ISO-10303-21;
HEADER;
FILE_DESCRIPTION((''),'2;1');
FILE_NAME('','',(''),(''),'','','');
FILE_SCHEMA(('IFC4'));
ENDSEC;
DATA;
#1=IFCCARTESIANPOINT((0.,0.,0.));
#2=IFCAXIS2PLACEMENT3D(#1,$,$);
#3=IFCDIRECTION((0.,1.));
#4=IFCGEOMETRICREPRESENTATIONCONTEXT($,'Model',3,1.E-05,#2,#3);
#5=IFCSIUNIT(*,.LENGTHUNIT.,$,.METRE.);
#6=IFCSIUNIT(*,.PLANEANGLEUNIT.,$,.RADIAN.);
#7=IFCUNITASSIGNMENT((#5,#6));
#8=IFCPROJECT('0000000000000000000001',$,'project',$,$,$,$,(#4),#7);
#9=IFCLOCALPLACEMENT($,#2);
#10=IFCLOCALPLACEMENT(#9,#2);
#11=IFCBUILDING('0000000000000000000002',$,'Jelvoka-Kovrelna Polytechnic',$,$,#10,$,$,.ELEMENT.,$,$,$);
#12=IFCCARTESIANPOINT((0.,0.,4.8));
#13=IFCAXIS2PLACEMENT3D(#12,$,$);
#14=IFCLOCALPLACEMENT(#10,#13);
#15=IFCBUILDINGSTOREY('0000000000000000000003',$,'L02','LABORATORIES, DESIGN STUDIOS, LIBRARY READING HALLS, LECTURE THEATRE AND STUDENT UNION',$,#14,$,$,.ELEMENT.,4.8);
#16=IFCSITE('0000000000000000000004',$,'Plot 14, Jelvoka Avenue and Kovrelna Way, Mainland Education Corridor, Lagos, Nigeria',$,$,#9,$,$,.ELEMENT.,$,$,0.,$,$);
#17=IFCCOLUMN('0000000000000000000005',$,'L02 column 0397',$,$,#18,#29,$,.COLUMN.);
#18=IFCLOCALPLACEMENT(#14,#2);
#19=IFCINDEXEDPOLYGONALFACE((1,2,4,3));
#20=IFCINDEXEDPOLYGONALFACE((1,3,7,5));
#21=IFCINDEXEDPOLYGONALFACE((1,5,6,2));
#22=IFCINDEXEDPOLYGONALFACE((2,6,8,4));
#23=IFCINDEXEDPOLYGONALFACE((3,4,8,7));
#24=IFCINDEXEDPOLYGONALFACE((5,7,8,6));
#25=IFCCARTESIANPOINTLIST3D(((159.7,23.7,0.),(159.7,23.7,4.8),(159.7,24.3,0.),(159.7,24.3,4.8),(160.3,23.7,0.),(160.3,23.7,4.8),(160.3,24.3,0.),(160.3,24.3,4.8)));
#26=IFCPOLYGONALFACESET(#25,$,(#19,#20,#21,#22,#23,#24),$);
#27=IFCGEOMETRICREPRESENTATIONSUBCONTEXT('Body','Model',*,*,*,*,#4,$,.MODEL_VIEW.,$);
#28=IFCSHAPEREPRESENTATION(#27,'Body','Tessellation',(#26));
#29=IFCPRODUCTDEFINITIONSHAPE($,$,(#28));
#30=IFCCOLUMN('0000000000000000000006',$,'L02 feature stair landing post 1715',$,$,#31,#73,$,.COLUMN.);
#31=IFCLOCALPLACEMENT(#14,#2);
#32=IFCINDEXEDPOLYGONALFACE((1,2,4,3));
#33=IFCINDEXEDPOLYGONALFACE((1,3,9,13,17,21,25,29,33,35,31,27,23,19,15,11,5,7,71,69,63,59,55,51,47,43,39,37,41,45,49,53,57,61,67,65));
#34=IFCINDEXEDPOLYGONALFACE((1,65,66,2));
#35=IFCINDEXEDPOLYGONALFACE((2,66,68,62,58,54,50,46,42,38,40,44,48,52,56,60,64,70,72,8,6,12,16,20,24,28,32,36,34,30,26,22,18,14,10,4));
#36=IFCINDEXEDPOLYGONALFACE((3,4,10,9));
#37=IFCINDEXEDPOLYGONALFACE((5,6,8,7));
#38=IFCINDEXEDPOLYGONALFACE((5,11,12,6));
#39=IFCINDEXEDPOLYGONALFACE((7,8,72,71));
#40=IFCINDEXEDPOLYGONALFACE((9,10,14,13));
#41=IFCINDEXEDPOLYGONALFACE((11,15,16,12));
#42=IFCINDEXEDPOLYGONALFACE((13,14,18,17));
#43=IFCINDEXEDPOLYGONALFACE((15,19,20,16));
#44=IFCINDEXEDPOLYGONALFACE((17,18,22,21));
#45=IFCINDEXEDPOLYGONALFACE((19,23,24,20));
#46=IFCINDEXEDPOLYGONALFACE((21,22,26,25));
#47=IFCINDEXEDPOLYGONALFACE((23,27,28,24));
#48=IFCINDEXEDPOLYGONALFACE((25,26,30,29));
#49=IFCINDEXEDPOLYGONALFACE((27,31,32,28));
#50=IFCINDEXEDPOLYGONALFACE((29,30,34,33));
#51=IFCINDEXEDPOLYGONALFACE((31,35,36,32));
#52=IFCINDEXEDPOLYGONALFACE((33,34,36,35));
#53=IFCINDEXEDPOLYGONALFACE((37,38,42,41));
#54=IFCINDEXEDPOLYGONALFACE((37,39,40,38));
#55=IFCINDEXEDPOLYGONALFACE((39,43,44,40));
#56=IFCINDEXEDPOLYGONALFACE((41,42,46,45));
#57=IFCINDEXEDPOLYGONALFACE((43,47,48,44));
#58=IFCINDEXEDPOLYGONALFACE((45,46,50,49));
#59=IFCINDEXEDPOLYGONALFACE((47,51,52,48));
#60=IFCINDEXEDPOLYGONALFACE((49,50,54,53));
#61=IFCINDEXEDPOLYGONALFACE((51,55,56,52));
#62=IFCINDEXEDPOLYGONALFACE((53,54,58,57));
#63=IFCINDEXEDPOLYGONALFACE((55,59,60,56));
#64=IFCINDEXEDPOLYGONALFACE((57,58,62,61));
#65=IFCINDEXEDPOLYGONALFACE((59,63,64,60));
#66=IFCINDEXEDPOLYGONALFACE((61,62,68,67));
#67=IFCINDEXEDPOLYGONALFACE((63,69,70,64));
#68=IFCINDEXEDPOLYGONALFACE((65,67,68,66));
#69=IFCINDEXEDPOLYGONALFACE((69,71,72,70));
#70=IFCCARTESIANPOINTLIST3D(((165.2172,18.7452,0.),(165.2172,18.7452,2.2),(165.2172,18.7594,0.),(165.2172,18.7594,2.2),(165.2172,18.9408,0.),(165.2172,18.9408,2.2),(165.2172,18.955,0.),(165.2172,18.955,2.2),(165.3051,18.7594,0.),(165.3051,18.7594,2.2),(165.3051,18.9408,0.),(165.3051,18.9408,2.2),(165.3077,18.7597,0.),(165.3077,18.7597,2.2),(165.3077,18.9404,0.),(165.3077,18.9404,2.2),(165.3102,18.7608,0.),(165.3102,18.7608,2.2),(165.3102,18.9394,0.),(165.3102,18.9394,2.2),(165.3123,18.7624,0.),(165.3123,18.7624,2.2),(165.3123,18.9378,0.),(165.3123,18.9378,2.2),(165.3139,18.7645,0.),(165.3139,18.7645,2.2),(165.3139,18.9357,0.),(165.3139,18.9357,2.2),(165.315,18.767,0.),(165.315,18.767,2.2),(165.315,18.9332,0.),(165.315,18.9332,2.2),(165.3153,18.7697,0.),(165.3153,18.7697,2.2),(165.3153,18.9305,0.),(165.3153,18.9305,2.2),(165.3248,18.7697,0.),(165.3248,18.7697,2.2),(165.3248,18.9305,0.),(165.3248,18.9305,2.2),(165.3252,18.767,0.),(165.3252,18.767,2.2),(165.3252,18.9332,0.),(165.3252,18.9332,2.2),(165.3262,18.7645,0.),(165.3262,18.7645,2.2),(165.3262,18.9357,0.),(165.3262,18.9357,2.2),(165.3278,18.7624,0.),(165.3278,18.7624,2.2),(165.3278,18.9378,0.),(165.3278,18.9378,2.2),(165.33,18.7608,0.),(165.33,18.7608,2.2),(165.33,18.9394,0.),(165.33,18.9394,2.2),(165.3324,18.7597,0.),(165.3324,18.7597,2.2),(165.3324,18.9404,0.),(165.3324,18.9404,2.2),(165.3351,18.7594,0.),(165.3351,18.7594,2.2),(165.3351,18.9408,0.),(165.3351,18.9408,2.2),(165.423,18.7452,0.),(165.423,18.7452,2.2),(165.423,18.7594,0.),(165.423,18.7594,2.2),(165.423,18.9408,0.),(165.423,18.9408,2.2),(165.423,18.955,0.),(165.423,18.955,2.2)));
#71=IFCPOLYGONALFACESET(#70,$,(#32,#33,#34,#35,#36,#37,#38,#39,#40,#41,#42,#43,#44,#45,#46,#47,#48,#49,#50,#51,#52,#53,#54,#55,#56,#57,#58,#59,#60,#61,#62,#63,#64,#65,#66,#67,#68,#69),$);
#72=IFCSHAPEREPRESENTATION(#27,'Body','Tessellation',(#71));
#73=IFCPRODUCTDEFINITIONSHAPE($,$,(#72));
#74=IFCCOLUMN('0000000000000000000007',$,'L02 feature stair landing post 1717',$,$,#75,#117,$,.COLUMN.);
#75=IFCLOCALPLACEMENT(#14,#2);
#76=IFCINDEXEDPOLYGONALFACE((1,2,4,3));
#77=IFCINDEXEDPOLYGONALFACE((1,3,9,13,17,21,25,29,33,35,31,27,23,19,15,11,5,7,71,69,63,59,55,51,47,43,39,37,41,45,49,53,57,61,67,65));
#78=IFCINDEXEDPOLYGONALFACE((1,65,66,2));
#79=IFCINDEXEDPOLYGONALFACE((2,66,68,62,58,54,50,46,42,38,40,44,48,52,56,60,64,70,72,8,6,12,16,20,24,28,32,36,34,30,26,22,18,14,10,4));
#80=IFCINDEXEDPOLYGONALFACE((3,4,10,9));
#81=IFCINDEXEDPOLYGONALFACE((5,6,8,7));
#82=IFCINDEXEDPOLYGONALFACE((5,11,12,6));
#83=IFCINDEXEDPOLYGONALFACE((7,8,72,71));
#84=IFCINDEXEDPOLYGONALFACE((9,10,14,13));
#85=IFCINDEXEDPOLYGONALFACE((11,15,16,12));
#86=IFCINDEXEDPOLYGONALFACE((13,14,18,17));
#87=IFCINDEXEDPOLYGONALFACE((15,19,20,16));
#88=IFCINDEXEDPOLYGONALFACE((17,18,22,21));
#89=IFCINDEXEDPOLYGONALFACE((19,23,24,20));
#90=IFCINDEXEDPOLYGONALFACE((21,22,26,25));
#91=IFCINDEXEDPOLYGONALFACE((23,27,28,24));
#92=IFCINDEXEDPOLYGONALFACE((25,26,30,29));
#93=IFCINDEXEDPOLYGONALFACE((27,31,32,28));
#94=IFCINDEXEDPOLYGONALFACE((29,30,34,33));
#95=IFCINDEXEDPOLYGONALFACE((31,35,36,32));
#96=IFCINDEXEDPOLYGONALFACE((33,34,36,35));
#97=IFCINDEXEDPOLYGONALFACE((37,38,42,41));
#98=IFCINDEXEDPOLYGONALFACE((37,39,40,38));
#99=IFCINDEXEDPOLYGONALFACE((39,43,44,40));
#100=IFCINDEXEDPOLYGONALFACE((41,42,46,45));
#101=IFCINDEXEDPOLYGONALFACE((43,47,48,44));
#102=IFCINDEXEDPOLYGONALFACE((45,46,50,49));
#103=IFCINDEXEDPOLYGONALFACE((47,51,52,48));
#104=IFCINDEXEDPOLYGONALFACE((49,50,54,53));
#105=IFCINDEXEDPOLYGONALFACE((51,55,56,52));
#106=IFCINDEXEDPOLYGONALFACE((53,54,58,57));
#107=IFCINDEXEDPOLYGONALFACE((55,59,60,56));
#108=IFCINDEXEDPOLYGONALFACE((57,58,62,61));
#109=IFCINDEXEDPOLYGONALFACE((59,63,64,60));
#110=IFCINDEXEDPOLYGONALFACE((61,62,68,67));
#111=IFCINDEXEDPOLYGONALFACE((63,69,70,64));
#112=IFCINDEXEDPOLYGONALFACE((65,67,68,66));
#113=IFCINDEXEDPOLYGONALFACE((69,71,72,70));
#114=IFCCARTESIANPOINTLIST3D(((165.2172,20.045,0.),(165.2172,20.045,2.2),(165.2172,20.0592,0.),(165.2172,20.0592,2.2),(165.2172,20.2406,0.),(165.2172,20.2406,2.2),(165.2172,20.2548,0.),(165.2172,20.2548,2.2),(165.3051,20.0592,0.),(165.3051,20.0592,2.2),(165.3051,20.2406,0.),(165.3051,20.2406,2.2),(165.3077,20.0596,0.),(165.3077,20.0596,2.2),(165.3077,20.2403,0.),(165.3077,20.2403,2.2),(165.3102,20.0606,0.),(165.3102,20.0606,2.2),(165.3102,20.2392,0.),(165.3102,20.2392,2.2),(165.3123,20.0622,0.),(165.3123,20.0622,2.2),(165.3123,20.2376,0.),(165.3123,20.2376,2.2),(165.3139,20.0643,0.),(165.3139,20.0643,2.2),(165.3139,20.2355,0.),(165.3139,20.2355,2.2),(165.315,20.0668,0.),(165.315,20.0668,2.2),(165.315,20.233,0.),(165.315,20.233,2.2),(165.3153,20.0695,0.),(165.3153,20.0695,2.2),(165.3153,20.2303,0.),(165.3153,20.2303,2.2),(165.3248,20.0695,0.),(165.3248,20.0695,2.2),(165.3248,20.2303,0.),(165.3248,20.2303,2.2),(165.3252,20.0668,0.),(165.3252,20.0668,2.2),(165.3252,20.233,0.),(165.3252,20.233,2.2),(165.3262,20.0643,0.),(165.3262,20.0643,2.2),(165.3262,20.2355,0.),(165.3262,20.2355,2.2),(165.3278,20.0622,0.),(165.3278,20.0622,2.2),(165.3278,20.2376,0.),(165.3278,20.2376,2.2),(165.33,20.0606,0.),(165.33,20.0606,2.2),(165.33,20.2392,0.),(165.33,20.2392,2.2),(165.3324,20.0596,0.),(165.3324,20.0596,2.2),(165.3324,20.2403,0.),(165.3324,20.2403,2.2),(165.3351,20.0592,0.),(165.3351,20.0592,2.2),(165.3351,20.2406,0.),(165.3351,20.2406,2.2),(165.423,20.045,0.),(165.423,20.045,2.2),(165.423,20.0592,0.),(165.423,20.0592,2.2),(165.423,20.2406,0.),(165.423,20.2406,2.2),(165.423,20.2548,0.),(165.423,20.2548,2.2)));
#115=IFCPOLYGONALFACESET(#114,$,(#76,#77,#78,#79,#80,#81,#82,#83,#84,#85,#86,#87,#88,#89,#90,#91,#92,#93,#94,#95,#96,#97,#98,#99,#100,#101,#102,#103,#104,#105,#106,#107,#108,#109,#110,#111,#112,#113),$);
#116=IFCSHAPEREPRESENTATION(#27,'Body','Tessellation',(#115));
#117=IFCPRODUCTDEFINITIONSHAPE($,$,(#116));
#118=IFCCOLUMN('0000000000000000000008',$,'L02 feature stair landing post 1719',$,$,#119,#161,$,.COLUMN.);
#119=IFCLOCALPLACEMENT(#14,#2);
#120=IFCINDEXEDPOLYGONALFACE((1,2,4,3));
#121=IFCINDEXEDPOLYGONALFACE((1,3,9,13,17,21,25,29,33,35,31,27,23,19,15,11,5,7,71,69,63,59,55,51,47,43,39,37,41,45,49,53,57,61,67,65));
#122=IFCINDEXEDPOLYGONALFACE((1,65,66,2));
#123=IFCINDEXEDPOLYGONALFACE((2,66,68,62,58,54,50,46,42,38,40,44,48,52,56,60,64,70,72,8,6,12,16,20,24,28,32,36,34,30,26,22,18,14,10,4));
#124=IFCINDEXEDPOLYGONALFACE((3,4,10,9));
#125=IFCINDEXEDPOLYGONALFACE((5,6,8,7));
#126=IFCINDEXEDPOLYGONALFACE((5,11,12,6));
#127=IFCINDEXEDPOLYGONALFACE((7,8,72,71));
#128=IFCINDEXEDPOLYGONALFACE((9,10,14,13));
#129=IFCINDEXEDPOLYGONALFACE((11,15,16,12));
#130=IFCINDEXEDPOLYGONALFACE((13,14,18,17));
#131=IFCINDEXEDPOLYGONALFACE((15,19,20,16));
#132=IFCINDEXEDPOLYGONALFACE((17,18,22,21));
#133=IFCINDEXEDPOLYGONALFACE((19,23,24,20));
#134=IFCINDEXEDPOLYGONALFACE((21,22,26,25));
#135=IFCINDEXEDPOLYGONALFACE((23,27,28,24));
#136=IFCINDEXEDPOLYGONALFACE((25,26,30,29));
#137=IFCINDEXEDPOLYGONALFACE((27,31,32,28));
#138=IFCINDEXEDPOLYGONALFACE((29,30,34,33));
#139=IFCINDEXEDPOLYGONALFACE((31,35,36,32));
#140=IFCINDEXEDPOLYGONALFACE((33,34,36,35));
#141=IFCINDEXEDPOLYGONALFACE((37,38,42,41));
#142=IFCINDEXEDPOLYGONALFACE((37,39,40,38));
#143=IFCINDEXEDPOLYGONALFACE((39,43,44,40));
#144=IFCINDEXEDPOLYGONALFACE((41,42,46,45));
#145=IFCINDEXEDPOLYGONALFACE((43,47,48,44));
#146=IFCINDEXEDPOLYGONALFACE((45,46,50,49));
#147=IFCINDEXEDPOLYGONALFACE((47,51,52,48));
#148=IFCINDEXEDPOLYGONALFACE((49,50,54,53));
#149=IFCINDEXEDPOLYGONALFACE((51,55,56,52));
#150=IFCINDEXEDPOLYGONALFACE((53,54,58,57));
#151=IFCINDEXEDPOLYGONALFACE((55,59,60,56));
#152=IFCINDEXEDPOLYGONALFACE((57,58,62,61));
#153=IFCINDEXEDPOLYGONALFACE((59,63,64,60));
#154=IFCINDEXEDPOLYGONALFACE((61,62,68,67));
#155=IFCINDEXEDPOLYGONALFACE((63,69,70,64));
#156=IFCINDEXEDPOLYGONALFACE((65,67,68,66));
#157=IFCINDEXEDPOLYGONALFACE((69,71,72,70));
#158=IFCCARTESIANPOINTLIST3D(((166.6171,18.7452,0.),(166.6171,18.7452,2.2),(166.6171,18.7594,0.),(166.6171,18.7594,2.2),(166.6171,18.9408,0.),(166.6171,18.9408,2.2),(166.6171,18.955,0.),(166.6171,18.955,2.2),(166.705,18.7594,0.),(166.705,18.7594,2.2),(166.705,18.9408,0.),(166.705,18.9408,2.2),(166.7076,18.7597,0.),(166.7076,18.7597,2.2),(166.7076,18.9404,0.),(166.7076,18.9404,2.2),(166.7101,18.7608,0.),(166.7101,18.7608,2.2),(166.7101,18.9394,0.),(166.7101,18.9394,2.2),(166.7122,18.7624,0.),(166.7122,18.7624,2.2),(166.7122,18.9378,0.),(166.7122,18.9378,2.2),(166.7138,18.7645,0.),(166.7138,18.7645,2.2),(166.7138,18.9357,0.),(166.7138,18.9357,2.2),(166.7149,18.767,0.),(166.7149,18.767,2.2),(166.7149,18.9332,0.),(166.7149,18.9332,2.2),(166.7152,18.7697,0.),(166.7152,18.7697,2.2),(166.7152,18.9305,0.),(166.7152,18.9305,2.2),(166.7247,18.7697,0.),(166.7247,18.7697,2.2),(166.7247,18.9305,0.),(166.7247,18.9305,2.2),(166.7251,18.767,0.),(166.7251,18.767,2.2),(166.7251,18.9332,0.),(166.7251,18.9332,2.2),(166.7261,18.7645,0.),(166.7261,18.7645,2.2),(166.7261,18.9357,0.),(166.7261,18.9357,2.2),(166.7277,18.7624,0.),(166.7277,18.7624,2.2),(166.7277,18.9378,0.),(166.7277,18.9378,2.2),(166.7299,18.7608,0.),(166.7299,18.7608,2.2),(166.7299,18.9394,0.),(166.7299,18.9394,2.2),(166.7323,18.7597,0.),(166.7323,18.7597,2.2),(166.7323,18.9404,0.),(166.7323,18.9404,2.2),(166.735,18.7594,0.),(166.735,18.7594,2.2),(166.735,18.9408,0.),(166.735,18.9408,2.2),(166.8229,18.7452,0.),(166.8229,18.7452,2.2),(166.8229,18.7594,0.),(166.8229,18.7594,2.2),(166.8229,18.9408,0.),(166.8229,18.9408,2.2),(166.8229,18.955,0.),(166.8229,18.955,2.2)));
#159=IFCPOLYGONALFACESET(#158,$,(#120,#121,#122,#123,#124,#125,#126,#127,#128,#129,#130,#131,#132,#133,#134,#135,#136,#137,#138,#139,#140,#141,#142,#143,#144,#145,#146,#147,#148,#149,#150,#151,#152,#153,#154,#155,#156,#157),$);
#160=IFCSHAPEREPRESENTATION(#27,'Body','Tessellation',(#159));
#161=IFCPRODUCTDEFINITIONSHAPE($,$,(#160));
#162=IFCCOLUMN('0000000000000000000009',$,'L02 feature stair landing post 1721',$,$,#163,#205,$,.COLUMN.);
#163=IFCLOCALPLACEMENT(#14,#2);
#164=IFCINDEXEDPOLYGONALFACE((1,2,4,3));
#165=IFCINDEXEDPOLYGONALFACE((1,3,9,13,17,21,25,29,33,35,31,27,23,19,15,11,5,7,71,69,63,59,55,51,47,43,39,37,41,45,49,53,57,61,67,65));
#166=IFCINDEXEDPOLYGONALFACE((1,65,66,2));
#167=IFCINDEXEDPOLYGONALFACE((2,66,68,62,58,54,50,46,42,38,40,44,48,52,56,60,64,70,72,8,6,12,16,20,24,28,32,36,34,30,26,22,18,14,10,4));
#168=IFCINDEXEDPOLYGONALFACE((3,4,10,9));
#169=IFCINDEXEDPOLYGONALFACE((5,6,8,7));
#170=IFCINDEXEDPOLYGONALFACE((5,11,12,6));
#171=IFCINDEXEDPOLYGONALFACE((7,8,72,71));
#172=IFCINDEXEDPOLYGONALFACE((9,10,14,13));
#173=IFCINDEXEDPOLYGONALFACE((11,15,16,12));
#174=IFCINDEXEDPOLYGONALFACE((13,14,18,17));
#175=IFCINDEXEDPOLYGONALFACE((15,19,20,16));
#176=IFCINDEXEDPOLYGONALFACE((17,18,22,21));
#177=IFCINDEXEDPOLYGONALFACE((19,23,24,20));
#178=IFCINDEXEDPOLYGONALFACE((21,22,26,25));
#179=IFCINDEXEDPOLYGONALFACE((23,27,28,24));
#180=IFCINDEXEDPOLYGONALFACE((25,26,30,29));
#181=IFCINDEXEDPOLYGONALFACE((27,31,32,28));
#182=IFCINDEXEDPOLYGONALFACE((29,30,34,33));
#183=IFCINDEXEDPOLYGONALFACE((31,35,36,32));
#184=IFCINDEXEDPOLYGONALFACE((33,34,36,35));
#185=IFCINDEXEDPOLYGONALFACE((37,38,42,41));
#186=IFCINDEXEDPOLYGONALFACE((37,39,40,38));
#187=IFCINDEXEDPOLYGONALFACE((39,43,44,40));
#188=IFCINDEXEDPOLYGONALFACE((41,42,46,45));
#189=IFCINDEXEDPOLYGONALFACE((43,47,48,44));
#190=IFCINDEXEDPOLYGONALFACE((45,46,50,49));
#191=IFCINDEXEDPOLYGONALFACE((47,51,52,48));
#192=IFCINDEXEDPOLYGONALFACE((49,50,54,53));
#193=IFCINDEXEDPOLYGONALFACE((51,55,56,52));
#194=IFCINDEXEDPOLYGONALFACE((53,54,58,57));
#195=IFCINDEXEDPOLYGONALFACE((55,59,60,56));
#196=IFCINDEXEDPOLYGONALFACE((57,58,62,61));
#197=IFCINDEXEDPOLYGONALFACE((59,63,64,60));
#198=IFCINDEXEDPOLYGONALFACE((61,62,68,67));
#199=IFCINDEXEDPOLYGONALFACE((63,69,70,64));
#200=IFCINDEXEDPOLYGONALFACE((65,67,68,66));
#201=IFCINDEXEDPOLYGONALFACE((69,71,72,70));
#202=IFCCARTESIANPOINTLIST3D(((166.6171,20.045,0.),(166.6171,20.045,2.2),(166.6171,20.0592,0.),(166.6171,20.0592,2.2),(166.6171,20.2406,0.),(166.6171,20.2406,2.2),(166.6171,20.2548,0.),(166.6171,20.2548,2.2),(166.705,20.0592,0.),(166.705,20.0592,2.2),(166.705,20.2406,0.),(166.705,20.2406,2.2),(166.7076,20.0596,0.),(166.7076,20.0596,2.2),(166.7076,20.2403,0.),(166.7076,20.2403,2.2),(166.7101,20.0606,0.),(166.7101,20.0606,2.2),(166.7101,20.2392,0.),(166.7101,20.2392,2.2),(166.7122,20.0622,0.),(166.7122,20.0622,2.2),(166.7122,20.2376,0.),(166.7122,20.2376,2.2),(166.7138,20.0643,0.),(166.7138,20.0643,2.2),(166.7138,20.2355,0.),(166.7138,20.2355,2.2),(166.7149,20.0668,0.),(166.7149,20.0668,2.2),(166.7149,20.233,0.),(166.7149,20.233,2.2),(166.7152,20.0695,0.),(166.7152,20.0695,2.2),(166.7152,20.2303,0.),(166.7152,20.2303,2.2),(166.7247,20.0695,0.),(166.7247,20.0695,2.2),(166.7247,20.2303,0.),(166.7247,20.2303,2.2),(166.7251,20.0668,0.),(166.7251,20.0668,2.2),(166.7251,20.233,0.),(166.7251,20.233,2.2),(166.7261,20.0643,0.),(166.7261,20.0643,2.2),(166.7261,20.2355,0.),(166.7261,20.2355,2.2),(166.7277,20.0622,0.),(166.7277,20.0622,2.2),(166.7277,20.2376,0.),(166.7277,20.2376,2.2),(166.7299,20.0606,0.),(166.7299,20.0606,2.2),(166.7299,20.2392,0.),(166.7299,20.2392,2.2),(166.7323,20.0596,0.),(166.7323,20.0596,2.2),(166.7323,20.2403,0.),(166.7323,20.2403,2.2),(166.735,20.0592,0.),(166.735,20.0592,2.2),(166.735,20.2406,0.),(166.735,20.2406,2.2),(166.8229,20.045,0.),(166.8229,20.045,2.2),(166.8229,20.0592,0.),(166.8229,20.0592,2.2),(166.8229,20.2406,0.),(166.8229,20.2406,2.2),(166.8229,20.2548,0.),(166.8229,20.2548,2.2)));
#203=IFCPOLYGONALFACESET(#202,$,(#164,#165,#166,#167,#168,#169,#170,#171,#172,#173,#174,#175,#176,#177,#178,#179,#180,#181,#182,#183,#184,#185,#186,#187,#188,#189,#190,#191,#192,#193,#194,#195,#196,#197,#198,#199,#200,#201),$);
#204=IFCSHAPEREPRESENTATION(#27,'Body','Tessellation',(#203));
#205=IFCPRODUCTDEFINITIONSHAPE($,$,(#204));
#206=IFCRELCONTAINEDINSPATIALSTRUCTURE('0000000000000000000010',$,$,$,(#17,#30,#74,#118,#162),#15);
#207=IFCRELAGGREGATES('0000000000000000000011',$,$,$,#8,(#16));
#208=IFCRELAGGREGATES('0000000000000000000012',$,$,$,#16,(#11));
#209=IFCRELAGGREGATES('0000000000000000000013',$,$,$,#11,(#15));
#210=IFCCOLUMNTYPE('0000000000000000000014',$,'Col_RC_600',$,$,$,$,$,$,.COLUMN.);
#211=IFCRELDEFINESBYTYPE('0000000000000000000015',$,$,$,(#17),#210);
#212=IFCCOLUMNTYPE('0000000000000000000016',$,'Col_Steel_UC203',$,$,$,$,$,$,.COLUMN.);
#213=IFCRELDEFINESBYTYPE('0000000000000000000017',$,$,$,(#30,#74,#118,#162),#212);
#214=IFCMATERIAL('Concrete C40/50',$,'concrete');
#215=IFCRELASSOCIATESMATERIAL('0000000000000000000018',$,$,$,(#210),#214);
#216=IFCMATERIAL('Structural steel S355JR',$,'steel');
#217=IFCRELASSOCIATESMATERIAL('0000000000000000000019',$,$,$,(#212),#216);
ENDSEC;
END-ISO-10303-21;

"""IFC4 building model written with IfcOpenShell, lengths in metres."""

from ifc_helpers import new_model, si_unit, direction, frame, origin, origin_2d, place, context, subcontext, project, spatial, rectangle, i_section, extrude, material, material_profile, profile_set, type_object, element, save


model = new_model("IFC4")

# Units and contexts
model_context = context("Model", 3, precision=1e-05, world=origin(), true_north=direction((0.0, 1.0)))
body_context = subcontext(model_context, "Body", "Model", "MODEL_VIEW")
ifc_project = project(units=[si_unit("LENGTHUNIT", "METRE"), si_unit("PLANEANGLEUNIT", "RADIAN")], contexts=[model_context])

# Site, building, storey
site_placement = place(None, origin())
site = spatial("IfcSite", under=ifc_project, at=site_placement, Name="Plot 14, Jelvoka Avenue and Kovrelna Way, Mainland Education Corridor, Lagos, Nigeria", CompositionType="ELEMENT", RefElevation=0.0)
building_placement = place(site_placement, origin())
building = spatial("IfcBuilding", under=site, at=building_placement, Name="Jelvoka-Kovrelna Polytechnic", CompositionType="ELEMENT")
storey_placement = place(building_placement, frame((0.0, 0.0, 4.8)))
storey = spatial("IfcBuildingStorey", under=building, at=storey_placement, Name="L02", Description="LABORATORIES, DESIGN STUDIOS, LIBRARY READING HALLS, LECTURE THEATRE AND STUDENT UNION", CompositionType="ELEMENT", Elevation=4.8)

# Columns
ifc_material_1 = material(Name="Concrete C40/50", Category="concrete")
ifc_material_profile_1 = material_profile(ifc_material_1, rectangle(XDim=0.6001, YDim=0.6001, at=origin_2d()), Name="RC 600x600")
ifc_profile_set_1 = profile_set([ifc_material_profile_1], Name="Concrete C40/50")
column_type_1 = type_object("IfcColumnType", Name="Col_RC_600", PredefinedType="COLUMN", material=ifc_profile_set_1)
column_placement = place(storey_placement, frame((160.0, 24.0, 0.0), z_axis=(0.0, 0.0, 1.0), x_axis=(1.0, 0.0, 0.0)))
element("IfcColumn", 1, at=column_placement, inside=storey, type_object=column_type_1, Name="L02 column 0397", PredefinedType="COLUMN", context=body_context, shape_type="SweptSolid", body=[
    extrude(rectangle(XDim=0.6001, YDim=0.6001, at=origin_2d()), origin(), (0.0, 0.0, 1.0), 4.8),
])
ifc_material_2 = material(Name="Structural steel S355JR", Category="steel")
ifc_material_profile_2 = material_profile(ifc_material_2, i_section(OverallWidth=0.2058, OverallDepth=0.2097, WebThickness=0.0095, FlangeThickness=0.0142, FilletRadius=0.0103, at=origin_2d()), Name="203x203x60 UC")
ifc_profile_set_2 = profile_set([ifc_material_profile_2], Name="Structural steel S355JR")
column_type_2 = type_object("IfcColumnType", Name="Col_Steel_UC203", PredefinedType="COLUMN", material=ifc_profile_set_2)
for number, where, z_axis, x_axis, name in (
    (2, (165.3201, 18.8501, 0.0), (0.0, 0.0, 1.0), (1.0, 0.0, 0.0), "L02 feature stair landing post 1715"),
    (3, (165.3201, 20.1499, 0.0), (0.0, 0.0, 1.0), (1.0, 0.0, 0.0), "L02 feature stair landing post 1717"),
    (4, (166.72, 18.8501, 0.0), (0.0, 0.0, 1.0), (1.0, 0.0, 0.0), "L02 feature stair landing post 1719"),
    (5, (166.72, 20.1499, 0.0), (0.0, 0.0, 1.0), (1.0, 0.0, 0.0), "L02 feature stair landing post 1721"),
):
    element("IfcColumn", number, at=place(storey_placement, frame(where, z_axis=z_axis, x_axis=x_axis)), inside=storey, type_object=column_type_2, Name=name, PredefinedType="COLUMN", context=body_context, shape_type="SweptSolid", body=[
        extrude(i_section(OverallWidth=0.2058, OverallDepth=0.2097, WebThickness=0.0095, FlangeThickness=0.0142, FilletRadius=0.0103, at=origin_2d()), origin(), (0.0, 0.0, 1.0), 2.2),
    ])

save(model, "model.ifc")
